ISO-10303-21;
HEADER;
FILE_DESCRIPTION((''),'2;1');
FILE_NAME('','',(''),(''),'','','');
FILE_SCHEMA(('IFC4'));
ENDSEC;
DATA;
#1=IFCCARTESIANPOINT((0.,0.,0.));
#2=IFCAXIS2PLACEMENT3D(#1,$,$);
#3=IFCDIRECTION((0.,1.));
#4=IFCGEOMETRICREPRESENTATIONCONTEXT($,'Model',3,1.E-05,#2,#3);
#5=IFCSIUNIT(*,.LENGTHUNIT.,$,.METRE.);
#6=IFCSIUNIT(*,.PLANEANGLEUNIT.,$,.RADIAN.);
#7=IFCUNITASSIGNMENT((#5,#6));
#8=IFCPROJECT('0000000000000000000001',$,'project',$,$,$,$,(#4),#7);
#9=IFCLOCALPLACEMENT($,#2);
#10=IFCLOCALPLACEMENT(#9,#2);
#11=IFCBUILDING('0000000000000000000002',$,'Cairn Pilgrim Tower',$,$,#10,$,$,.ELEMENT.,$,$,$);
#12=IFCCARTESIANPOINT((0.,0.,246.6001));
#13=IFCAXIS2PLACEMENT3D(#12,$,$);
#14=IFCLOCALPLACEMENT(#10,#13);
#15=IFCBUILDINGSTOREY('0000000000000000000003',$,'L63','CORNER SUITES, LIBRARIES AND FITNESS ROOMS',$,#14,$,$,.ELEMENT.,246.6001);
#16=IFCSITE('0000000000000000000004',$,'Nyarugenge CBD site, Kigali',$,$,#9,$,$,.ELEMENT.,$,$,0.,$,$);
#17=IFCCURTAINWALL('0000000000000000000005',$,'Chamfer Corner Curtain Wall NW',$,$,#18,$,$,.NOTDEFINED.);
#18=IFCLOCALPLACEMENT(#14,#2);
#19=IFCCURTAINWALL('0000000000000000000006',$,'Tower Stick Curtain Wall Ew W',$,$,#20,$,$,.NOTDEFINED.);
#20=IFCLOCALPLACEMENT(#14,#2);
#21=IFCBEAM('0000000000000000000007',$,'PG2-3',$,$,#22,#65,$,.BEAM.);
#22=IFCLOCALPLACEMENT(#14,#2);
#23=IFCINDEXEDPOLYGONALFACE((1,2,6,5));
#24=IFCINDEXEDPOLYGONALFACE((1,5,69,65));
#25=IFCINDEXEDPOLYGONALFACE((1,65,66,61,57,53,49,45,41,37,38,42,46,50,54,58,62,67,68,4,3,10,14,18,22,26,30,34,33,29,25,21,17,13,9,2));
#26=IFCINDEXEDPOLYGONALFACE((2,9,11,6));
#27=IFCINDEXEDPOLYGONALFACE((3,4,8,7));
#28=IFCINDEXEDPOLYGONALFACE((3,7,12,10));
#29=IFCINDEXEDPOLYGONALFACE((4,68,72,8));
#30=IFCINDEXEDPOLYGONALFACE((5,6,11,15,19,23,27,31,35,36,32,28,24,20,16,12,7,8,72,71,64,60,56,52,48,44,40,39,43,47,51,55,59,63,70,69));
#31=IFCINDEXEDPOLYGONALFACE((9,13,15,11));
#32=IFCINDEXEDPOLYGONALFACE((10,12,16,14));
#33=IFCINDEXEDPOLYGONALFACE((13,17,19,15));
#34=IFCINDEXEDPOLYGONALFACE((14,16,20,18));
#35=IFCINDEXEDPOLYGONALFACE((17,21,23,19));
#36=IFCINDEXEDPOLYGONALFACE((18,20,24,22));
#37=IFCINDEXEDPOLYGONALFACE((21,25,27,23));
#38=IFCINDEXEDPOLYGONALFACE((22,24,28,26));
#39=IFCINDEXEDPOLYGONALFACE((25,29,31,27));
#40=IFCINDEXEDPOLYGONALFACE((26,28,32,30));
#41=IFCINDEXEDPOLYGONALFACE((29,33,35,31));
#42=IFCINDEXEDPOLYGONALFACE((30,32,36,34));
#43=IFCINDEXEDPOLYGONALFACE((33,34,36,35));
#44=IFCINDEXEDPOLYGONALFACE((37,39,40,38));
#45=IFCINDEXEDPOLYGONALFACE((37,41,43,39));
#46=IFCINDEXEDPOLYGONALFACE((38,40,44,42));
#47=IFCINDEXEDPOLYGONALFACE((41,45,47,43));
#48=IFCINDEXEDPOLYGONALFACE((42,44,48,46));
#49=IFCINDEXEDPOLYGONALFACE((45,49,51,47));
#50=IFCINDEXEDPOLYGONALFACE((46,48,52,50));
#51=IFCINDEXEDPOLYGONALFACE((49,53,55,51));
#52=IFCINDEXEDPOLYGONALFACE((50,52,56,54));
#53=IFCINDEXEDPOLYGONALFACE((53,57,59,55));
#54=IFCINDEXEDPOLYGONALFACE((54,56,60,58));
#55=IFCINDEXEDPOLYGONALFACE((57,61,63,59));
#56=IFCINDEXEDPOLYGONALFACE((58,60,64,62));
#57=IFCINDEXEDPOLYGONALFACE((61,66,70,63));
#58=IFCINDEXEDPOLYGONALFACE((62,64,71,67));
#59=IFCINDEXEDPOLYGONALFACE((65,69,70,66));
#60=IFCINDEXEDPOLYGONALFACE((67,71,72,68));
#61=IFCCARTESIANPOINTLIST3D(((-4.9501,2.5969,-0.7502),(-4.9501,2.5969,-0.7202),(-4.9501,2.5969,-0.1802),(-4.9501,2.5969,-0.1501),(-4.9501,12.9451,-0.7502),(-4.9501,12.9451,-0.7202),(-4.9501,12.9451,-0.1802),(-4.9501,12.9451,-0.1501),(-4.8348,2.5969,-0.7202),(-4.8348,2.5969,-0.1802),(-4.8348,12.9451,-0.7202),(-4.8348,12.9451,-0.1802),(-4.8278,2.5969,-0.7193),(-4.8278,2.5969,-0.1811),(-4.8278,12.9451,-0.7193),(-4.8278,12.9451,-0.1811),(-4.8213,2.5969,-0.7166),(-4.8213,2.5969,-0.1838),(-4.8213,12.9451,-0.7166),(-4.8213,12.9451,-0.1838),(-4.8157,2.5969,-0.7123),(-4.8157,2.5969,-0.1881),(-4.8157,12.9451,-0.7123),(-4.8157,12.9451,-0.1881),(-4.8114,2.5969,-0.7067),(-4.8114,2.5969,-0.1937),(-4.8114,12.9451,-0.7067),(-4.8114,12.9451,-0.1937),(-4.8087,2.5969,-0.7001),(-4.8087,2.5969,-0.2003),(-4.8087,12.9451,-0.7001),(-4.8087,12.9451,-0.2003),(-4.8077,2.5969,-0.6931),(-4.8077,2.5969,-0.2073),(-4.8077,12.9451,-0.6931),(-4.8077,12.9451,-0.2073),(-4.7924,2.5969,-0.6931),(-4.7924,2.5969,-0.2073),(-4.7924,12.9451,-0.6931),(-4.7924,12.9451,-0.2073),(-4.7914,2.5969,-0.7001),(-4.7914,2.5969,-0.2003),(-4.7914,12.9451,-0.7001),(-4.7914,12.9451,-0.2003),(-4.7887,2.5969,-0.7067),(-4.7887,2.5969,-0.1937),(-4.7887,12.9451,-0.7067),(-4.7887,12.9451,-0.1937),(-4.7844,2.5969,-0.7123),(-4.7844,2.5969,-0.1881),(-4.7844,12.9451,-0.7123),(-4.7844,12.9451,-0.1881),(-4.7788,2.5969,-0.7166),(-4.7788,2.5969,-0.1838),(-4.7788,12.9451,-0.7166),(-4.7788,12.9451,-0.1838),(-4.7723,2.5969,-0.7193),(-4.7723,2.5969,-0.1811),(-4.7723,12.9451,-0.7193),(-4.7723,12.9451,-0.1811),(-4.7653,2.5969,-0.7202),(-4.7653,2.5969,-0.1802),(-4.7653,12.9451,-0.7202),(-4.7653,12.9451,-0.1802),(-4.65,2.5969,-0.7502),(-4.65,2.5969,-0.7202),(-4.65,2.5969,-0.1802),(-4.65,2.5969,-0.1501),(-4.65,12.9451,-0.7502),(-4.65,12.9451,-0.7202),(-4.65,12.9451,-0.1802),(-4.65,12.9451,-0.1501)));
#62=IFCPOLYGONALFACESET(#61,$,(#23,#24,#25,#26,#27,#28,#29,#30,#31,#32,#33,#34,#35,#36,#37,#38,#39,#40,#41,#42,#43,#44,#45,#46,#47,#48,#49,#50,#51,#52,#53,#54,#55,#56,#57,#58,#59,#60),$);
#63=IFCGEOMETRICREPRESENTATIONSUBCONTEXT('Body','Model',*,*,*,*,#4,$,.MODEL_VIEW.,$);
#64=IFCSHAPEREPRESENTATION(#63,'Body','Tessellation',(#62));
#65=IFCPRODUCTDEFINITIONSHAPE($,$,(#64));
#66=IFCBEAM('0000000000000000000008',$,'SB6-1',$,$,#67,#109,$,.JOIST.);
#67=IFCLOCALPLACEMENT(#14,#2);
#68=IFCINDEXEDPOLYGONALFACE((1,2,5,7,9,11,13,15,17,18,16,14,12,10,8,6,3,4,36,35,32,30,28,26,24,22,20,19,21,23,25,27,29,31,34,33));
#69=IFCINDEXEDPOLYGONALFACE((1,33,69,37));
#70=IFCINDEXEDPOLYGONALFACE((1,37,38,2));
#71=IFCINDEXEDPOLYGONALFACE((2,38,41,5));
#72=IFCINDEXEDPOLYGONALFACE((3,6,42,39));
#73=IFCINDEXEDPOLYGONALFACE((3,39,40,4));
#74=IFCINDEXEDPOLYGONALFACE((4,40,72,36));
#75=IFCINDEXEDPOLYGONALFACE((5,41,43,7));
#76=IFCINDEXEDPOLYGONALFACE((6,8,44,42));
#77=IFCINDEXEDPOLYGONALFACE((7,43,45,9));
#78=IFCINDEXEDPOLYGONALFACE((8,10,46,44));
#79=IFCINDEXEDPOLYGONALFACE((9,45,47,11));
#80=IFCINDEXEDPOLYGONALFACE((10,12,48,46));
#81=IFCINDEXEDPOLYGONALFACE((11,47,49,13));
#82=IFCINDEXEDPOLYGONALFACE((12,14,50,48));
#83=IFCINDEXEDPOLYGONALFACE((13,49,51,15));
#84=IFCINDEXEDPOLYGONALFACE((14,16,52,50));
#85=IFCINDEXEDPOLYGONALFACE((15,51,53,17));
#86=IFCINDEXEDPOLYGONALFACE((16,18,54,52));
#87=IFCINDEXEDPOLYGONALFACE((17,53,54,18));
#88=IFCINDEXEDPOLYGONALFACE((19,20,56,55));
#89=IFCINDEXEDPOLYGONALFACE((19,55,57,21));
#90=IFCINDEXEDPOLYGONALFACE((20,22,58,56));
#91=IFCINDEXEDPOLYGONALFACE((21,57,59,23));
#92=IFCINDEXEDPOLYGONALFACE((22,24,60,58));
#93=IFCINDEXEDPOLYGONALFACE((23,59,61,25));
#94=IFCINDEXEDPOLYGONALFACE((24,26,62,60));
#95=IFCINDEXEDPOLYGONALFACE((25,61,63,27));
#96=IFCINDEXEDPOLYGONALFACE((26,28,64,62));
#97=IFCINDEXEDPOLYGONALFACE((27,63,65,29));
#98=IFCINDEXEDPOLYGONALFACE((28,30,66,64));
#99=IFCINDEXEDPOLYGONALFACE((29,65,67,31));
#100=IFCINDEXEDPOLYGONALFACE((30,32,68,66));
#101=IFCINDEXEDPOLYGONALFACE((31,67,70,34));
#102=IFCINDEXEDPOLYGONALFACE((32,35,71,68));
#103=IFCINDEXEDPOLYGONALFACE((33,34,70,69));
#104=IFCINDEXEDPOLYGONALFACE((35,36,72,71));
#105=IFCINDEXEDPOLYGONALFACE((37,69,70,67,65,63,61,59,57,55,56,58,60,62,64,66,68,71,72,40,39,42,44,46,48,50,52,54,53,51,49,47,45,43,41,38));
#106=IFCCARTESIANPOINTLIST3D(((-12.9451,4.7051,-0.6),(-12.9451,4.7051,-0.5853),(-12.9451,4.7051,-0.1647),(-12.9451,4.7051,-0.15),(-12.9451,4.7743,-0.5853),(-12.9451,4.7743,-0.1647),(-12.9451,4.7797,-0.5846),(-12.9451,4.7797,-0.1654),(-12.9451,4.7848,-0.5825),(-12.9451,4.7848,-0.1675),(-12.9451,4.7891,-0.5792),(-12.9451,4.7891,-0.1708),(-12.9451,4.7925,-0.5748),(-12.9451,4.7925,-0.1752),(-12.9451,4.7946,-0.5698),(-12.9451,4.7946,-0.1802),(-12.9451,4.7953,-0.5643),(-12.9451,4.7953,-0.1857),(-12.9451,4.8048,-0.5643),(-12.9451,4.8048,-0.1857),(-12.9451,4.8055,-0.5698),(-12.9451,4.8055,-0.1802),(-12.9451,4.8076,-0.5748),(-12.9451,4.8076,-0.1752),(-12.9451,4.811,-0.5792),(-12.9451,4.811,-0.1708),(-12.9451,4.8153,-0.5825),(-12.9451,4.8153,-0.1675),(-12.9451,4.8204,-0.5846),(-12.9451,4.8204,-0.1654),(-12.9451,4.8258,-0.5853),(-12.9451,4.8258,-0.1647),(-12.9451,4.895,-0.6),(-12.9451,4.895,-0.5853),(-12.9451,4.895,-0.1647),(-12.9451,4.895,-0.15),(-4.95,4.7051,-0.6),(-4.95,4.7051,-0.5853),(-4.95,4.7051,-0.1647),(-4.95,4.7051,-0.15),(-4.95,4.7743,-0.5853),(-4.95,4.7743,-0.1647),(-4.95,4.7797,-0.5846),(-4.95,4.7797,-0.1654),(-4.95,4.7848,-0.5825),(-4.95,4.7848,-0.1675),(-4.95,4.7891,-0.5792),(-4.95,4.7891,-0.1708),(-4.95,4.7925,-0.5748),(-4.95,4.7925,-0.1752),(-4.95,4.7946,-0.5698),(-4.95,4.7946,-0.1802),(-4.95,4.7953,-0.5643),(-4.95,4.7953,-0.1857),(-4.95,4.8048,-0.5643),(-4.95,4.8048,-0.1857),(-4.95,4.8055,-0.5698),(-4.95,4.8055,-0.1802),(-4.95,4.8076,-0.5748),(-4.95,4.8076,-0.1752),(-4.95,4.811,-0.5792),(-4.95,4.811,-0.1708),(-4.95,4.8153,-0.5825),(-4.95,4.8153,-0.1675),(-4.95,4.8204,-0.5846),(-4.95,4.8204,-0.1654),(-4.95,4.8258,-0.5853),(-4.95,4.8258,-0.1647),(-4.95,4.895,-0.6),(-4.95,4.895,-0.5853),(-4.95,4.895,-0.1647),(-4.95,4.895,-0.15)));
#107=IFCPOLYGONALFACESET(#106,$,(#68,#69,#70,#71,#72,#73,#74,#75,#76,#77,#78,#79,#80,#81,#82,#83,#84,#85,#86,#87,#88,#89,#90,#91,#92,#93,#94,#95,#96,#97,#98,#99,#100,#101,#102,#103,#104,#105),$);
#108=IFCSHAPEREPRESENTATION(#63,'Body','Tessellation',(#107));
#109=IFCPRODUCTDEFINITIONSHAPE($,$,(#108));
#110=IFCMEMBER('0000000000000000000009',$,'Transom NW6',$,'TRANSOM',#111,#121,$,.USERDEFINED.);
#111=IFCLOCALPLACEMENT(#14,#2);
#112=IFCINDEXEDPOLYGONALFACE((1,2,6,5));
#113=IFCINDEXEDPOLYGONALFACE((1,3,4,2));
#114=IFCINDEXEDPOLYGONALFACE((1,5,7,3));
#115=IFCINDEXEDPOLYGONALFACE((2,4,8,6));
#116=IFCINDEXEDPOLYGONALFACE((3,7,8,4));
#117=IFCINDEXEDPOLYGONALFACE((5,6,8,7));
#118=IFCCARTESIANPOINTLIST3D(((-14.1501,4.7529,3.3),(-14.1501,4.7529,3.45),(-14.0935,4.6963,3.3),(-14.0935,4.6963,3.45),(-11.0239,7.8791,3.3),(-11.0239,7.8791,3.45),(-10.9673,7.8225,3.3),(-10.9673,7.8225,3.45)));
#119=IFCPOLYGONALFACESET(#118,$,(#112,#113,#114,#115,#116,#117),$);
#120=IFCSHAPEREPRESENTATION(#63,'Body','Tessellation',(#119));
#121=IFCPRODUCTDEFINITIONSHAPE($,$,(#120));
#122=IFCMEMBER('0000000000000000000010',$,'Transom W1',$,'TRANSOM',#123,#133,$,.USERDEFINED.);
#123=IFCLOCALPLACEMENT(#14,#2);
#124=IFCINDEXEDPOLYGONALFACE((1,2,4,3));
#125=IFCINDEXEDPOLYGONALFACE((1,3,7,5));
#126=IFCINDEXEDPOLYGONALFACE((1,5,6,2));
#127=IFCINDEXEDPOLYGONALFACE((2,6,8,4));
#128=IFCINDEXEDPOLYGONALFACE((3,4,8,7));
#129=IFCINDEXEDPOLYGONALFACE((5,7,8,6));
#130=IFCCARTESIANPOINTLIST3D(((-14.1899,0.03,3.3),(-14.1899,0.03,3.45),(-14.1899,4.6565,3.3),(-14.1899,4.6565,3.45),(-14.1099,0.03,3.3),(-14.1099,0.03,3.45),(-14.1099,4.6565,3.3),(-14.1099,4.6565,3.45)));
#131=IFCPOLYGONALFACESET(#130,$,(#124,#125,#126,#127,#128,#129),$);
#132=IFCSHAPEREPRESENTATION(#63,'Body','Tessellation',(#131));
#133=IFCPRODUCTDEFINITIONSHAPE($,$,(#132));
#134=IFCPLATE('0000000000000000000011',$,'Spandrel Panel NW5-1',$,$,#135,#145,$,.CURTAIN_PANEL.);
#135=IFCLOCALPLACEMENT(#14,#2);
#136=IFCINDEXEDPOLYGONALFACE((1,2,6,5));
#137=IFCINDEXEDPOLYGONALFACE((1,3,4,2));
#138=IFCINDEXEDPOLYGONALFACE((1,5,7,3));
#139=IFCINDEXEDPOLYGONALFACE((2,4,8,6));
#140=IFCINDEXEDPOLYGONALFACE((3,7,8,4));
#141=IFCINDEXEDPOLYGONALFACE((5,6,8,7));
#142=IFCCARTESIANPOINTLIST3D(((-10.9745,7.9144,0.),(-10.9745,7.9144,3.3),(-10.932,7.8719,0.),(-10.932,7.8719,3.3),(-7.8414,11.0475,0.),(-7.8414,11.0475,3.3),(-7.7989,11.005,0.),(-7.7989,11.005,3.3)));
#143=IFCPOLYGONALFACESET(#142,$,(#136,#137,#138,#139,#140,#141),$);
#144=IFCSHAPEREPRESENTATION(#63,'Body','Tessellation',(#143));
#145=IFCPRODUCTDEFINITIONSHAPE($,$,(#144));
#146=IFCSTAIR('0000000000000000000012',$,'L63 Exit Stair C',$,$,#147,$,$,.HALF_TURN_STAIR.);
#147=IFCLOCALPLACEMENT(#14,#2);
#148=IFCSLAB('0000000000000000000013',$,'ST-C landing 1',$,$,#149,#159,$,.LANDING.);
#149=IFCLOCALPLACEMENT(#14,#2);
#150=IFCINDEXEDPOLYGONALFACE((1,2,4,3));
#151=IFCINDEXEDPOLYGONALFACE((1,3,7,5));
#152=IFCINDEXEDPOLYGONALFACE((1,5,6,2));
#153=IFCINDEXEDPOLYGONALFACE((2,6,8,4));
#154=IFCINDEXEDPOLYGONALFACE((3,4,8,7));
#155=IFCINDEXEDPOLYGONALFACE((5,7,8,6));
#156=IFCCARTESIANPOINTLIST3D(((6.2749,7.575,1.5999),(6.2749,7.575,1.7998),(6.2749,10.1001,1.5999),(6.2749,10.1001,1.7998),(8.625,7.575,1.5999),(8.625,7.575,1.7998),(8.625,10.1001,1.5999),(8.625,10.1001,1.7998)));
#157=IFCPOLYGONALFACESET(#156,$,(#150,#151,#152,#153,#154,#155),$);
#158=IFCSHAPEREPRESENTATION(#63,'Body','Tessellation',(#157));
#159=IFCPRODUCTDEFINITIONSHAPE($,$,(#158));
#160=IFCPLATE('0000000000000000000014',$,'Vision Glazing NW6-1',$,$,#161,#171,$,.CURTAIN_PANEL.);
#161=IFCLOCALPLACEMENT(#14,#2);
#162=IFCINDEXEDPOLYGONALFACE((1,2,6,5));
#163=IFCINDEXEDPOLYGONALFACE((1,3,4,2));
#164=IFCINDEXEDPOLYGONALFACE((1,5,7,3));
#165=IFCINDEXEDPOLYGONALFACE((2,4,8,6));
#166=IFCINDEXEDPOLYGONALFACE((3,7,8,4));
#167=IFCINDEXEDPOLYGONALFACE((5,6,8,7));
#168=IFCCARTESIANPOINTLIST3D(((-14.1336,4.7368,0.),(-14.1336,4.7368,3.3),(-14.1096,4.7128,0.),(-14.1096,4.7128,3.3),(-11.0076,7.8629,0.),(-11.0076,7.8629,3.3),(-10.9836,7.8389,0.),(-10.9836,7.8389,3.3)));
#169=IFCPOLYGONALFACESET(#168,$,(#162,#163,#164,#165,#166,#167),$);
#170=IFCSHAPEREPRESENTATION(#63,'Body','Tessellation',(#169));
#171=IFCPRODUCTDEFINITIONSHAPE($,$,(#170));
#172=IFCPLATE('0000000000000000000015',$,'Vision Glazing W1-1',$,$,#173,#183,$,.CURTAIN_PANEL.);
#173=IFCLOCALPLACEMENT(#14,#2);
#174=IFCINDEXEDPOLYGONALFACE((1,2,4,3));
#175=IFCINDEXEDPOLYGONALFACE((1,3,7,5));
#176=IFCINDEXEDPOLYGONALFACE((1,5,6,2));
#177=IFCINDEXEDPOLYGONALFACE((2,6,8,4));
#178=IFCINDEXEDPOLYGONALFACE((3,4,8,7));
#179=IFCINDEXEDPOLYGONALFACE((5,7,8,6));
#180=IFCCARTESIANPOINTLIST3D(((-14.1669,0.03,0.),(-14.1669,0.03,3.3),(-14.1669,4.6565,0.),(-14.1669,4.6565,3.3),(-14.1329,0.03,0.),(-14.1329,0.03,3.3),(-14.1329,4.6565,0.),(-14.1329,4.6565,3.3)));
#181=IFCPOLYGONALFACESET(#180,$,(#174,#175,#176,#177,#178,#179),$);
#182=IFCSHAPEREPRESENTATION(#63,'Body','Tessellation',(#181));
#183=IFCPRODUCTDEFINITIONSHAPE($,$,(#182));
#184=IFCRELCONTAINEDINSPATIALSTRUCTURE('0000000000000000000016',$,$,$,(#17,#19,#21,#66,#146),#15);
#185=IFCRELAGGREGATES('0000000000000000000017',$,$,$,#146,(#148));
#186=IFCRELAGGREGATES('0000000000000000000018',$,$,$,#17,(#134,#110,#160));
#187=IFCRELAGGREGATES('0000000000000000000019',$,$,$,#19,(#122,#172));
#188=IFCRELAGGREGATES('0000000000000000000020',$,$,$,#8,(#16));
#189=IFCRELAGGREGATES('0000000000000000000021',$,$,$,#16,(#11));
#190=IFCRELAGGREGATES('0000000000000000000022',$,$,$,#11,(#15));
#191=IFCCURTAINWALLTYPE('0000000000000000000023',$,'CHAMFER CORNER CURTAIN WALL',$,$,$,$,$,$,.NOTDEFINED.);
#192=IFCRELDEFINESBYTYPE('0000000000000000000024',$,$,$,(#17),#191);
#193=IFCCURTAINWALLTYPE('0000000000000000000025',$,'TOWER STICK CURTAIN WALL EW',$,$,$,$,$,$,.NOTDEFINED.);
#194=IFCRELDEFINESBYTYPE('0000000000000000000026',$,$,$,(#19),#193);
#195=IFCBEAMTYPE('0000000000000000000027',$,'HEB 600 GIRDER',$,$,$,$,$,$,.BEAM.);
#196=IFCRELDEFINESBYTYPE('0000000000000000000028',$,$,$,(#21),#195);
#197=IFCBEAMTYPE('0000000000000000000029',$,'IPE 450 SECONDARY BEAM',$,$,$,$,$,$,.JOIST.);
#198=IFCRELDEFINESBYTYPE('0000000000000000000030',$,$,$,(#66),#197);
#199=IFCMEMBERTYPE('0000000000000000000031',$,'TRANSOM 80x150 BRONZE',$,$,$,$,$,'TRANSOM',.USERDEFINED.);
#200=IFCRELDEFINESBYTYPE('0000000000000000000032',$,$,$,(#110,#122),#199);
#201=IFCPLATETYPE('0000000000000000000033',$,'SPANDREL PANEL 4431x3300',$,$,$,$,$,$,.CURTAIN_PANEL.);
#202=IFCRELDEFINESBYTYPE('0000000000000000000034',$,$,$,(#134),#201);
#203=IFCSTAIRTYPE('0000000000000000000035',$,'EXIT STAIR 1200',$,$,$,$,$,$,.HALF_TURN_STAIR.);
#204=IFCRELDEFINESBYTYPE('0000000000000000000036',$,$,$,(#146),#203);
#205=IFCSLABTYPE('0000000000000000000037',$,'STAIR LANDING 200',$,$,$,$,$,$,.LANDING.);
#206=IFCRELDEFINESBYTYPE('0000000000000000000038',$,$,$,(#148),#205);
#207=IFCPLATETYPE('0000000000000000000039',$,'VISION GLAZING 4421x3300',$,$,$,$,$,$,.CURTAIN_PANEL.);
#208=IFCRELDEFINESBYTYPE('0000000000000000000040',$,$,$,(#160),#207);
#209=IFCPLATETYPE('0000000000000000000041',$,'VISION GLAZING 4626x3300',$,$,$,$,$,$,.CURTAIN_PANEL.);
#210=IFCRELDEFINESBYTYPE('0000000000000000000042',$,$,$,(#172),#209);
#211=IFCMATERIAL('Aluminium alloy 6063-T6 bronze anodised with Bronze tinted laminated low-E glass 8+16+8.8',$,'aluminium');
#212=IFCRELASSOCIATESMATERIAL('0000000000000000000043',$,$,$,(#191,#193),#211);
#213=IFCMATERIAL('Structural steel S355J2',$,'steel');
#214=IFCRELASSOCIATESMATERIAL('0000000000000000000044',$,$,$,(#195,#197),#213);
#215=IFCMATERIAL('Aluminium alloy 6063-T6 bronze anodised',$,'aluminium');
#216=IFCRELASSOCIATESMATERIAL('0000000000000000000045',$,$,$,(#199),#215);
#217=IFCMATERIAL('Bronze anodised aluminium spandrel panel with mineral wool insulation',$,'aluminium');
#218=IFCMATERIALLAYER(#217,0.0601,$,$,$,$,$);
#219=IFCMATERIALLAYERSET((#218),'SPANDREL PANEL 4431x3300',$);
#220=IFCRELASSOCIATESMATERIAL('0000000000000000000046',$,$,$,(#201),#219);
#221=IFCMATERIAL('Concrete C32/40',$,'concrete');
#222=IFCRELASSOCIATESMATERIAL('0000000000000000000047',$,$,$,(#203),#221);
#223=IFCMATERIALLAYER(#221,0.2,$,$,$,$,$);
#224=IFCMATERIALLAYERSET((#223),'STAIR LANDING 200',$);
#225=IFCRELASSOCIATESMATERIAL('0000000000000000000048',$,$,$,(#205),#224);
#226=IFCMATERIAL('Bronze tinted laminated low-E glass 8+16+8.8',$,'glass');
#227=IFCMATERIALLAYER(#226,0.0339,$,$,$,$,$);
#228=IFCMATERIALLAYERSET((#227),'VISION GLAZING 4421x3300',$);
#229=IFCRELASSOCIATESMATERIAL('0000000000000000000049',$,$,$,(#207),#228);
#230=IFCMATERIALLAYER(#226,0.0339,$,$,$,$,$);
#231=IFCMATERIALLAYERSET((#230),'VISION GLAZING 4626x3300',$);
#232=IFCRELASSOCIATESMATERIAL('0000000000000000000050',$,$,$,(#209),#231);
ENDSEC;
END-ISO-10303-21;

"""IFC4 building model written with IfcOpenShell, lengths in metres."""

from ifc_helpers import new_model, si_unit, direction, frame, origin, origin_2d, place, context, subcontext, project, spatial, polyline, rectangle, i_section, outline, extrude, material, layer, layer_set, material_profile, profile_set, type_object, element, aggregate, save


model = new_model("IFC4")

# Units and contexts
model_context = context("Model", 3, precision=1e-05, world=origin(), true_north=direction((0.0, 1.0)))
body_context = subcontext(model_context, "Body", "Model", "MODEL_VIEW")
ifc_project = project(units=[si_unit("LENGTHUNIT", "METRE"), si_unit("PLANEANGLEUNIT", "RADIAN")], contexts=[model_context])

# Site, building, storey
site_placement = place(None, origin())
site = spatial("IfcSite", under=ifc_project, at=site_placement, Name="Nyarugenge CBD site, Kigali", CompositionType="ELEMENT", RefElevation=0.0)
building_placement = place(site_placement, origin())
building = spatial("IfcBuilding", under=site, at=building_placement, Name="Cairn Pilgrim Tower", CompositionType="ELEMENT")
storey_placement = place(building_placement, frame((0.0, 0.0, 246.6001)))
storey = spatial("IfcBuildingStorey", under=building, at=storey_placement, Name="L63", Description="CORNER SUITES, LIBRARIES AND FITNESS ROOMS", CompositionType="ELEMENT", Elevation=246.6001)

# Shared definitions
ifc_material_1 = material(Name="Structural steel S355J2", Category="steel")

# Curtain walls
ifc_material_2 = material(Name="Aluminium alloy 6063-T6 bronze anodised with Bronze tinted laminated low-E glass 8+16+8.8", Category="aluminium")
curtain_wall_type_1 = type_object("IfcCurtainWallType", Name="CHAMFER CORNER CURTAIN WALL", PredefinedType="NOTDEFINED", material=ifc_material_2)
curtain_wall_1_placement = place(storey_placement, origin())
curtain_wall_1 = element("IfcCurtainWall", 1, at=curtain_wall_1_placement, inside=storey, type_object=curtain_wall_type_1, Name="Chamfer Corner Curtain Wall NW", PredefinedType="NOTDEFINED")
ifc_material_3 = material(Name="Aluminium alloy 6063-T6 bronze anodised", Category="aluminium")
curtain_wall_type_2 = type_object("IfcCurtainWallType", Name="TOWER STICK CURTAIN WALL EW", PredefinedType="NOTDEFINED", material=ifc_material_2)
curtain_wall_2_placement = place(storey_placement, origin())
curtain_wall_2 = element("IfcCurtainWall", 2, at=curtain_wall_2_placement, inside=storey, type_object=curtain_wall_type_2, Name="Tower Stick Curtain Wall Ew W", PredefinedType="NOTDEFINED")

# Beams
ifc_material_profile_1 = material_profile(ifc_material_1, i_section(OverallWidth=0.3, OverallDepth=0.6001, WebThickness=0.0154, FlangeThickness=0.03, FilletRadius=0.0271, at=origin_2d()), Name="HEB 600")
ifc_profile_set_1 = profile_set([ifc_material_profile_1], Name="Structural steel S355J2")
beam_type_1 = type_object("IfcBeamType", Name="HEB 600 GIRDER", PredefinedType="BEAM", material=ifc_profile_set_1)
beam_1_placement = place(storey_placement, frame((-4.8, 2.5969, -0.4502), z_axis=(0.0, 1.0, 0.0), x_axis=(-1.0, 0.0, 0.0)))
element("IfcBeam", 3, at=beam_1_placement, inside=storey, type_object=beam_type_1, Name="PG2-3", PredefinedType="BEAM", context=body_context, shape_type="SweptSolid", body=[
    extrude(i_section(OverallWidth=0.3, OverallDepth=0.6001, WebThickness=0.0154, FlangeThickness=0.03, FilletRadius=0.0271, at=origin_2d()), origin(), (0.0, 0.0, 1.0), 10.3481),
])
ifc_material_profile_2 = material_profile(ifc_material_1, i_section(OverallWidth=0.1899, OverallDepth=0.45, WebThickness=0.0095, FlangeThickness=0.0146, FilletRadius=0.021, at=origin_2d()), Name="IPE 450")
ifc_profile_set_2 = profile_set([ifc_material_profile_2], Name="Structural steel S355J2")
beam_type_2 = type_object("IfcBeamType", Name="IPE 450 SECONDARY BEAM", PredefinedType="JOIST", material=ifc_profile_set_2)
beam_2_placement = place(storey_placement, frame((-12.9451, 4.8, -0.375), z_axis=(1.0, 0.0, 0.0), x_axis=(0.0, 1.0, 0.0)))
element("IfcBeam", 4, at=beam_2_placement, inside=storey, type_object=beam_type_2, Name="SB6-1", PredefinedType="JOIST", context=body_context, shape_type="SweptSolid", body=[
    extrude(i_section(OverallWidth=0.1899, OverallDepth=0.45, WebThickness=0.0095, FlangeThickness=0.0146, FilletRadius=0.021, at=origin_2d()), origin(), (0.0, 0.0, 1.0), 7.9951),
])

# Members
ifc_material_profile_3 = material_profile(ifc_material_3, rectangle(XDim=0.0801, YDim=0.1499, at=origin_2d()), Name="TRANSOM 80x150 BRONZE")
ifc_profile_set_3 = profile_set([ifc_material_profile_3], Name="Aluminium alloy 6063-T6 bronze anodised")
member_type_1 = type_object("IfcMemberType", Name="TRANSOM 80x150 BRONZE", ElementType="TRANSOM", PredefinedType="USERDEFINED", material=ifc_profile_set_3)
member_1_placement = place(storey_placement, frame((-10.9956, 7.8508, 3.375), z_axis=(-0.707107, -0.707107, 0.0), x_axis=(0.707107, -0.707107, 0.0)))
member_1 = element("IfcMember", 5, at=member_1_placement, type_object=member_type_1, Name="Transom NW6", ObjectType="TRANSOM", PredefinedType="USERDEFINED", context=body_context, shape_type="SweptSolid", body=[
    extrude(rectangle(XDim=0.0801, YDim=0.1499, at=origin_2d()), origin(), (0.0, 0.0, 1.0), 4.4211),
])
member_2_placement = place(storey_placement, frame((-14.1499, 4.6565, 3.375), z_axis=(0.0, -1.0, 0.0), x_axis=(1.0, 0.0, 0.0)))
member_2 = element("IfcMember", 6, at=member_2_placement, type_object=member_type_1, Name="Transom W1", ObjectType="TRANSOM", PredefinedType="USERDEFINED", context=body_context, shape_type="SweptSolid", body=[
    extrude(rectangle(XDim=0.0801, YDim=0.1499, at=origin_2d()), origin(), (0.0, 0.0, 1.0), 4.6265),
])

# Plate
ifc_material_4 = material(Name="Bronze anodised aluminium spandrel panel with mineral wool insulation", Category="aluminium")
ifc_layer_1 = layer(ifc_material_4, 0.0601)
ifc_layer_set_1 = layer_set([ifc_layer_1], Name="SPANDREL PANEL 4431x3300")
plate_type_1 = type_object("IfcPlateType", Name="SPANDREL PANEL 4431x3300", PredefinedType="CURTAIN_PANEL", material=ifc_layer_set_1)
plate_1_placement = place(storey_placement, frame((-9.3867, 9.4597, 0.0), z_axis=(0.0, 0.0, 1.0), x_axis=(-0.707107, -0.707107, 0.0)))
plate_1 = element("IfcPlate", 7, at=plate_1_placement, type_object=plate_type_1, Name="Spandrel Panel NW5-1", PredefinedType="CURTAIN_PANEL", context=body_context, shape_type="SweptSolid", body=[
    extrude(rectangle(XDim=4.4309, YDim=0.0601, at=origin_2d()), origin(), (0.0, 0.0, 1.0), 3.3),
])

# Stair, slab
ifc_material_5 = material(Name="Concrete C32/40", Category="concrete")
stair_type = type_object("IfcStairType", Name="EXIT STAIR 1200", PredefinedType="HALF_TURN_STAIR", material=ifc_material_5)
stair_placement = place(storey_placement, origin())
stair = element("IfcStair", 8, at=stair_placement, inside=storey, type_object=stair_type, Name="L63 Exit Stair C", PredefinedType="HALF_TURN_STAIR")
ifc_layer_2 = layer(ifc_material_5, 0.2)
ifc_layer_set_2 = layer_set([ifc_layer_2], Name="STAIR LANDING 200")
slab_type = type_object("IfcSlabType", Name="STAIR LANDING 200", PredefinedType="LANDING", material=ifc_layer_set_2)
slab_placement = place(storey_placement, frame((0.0, 0.0, 1.5999)))
slab = element("IfcSlab", 9, at=slab_placement, type_object=slab_type, Name="ST-C landing 1", PredefinedType="LANDING", context=body_context, shape_type="SweptSolid", body=[
    extrude(outline(polyline([(8.625, 10.1001), (6.2749, 10.1001), (6.2749, 7.575), (8.625, 7.575), (8.625, 10.1001)])), origin(), (0.0, 0.0, 1.0), 0.2),
])
aggregate(stair, [slab])

# Plates
ifc_material_6 = material(Name="Bronze tinted laminated low-E glass 8+16+8.8", Category="glass")
ifc_layer_3 = layer(ifc_material_6, 0.0339)
ifc_layer_set_3 = layer_set([ifc_layer_3], Name="VISION GLAZING 4421x3300")
plate_type_2 = type_object("IfcPlateType", Name="VISION GLAZING 4421x3300", PredefinedType="CURTAIN_PANEL", material=ifc_layer_set_3)
plate_2_placement = place(storey_placement, frame((-12.5586, 6.2878, 0.0), z_axis=(0.0, 0.0, 1.0), x_axis=(-0.707107, -0.707107, 0.0)))
plate_2 = element("IfcPlate", 10, at=plate_2_placement, type_object=plate_type_2, Name="Vision Glazing NW6-1", PredefinedType="CURTAIN_PANEL", context=body_context, shape_type="SweptSolid", body=[
    extrude(rectangle(XDim=4.4209, YDim=0.0339, at=origin_2d()), origin(), (0.0, 0.0, 1.0), 3.3),
])
aggregate(curtain_wall_1, [plate_1, member_1, plate_2])
ifc_layer_4 = layer(ifc_material_6, 0.0339)
ifc_layer_set_4 = layer_set([ifc_layer_4], Name="VISION GLAZING 4626x3300")
plate_type_3 = type_object("IfcPlateType", Name="VISION GLAZING 4626x3300", PredefinedType="CURTAIN_PANEL", material=ifc_layer_set_4)
plate_3_placement = place(storey_placement, frame((-14.1499, 2.3433, 0.0), z_axis=(0.0, 0.0, 1.0), x_axis=(0.0, -1.0, 0.0)))
plate_3 = element("IfcPlate", 11, at=plate_3_placement, type_object=plate_type_3, Name="Vision Glazing W1-1", PredefinedType="CURTAIN_PANEL", context=body_context, shape_type="SweptSolid", body=[
    extrude(rectangle(XDim=4.6265, YDim=0.0339, at=origin_2d()), origin(), (0.0, 0.0, 1.0), 3.3),
])
aggregate(curtain_wall_2, [member_2, plate_3])

save(model, "model.ifc")
